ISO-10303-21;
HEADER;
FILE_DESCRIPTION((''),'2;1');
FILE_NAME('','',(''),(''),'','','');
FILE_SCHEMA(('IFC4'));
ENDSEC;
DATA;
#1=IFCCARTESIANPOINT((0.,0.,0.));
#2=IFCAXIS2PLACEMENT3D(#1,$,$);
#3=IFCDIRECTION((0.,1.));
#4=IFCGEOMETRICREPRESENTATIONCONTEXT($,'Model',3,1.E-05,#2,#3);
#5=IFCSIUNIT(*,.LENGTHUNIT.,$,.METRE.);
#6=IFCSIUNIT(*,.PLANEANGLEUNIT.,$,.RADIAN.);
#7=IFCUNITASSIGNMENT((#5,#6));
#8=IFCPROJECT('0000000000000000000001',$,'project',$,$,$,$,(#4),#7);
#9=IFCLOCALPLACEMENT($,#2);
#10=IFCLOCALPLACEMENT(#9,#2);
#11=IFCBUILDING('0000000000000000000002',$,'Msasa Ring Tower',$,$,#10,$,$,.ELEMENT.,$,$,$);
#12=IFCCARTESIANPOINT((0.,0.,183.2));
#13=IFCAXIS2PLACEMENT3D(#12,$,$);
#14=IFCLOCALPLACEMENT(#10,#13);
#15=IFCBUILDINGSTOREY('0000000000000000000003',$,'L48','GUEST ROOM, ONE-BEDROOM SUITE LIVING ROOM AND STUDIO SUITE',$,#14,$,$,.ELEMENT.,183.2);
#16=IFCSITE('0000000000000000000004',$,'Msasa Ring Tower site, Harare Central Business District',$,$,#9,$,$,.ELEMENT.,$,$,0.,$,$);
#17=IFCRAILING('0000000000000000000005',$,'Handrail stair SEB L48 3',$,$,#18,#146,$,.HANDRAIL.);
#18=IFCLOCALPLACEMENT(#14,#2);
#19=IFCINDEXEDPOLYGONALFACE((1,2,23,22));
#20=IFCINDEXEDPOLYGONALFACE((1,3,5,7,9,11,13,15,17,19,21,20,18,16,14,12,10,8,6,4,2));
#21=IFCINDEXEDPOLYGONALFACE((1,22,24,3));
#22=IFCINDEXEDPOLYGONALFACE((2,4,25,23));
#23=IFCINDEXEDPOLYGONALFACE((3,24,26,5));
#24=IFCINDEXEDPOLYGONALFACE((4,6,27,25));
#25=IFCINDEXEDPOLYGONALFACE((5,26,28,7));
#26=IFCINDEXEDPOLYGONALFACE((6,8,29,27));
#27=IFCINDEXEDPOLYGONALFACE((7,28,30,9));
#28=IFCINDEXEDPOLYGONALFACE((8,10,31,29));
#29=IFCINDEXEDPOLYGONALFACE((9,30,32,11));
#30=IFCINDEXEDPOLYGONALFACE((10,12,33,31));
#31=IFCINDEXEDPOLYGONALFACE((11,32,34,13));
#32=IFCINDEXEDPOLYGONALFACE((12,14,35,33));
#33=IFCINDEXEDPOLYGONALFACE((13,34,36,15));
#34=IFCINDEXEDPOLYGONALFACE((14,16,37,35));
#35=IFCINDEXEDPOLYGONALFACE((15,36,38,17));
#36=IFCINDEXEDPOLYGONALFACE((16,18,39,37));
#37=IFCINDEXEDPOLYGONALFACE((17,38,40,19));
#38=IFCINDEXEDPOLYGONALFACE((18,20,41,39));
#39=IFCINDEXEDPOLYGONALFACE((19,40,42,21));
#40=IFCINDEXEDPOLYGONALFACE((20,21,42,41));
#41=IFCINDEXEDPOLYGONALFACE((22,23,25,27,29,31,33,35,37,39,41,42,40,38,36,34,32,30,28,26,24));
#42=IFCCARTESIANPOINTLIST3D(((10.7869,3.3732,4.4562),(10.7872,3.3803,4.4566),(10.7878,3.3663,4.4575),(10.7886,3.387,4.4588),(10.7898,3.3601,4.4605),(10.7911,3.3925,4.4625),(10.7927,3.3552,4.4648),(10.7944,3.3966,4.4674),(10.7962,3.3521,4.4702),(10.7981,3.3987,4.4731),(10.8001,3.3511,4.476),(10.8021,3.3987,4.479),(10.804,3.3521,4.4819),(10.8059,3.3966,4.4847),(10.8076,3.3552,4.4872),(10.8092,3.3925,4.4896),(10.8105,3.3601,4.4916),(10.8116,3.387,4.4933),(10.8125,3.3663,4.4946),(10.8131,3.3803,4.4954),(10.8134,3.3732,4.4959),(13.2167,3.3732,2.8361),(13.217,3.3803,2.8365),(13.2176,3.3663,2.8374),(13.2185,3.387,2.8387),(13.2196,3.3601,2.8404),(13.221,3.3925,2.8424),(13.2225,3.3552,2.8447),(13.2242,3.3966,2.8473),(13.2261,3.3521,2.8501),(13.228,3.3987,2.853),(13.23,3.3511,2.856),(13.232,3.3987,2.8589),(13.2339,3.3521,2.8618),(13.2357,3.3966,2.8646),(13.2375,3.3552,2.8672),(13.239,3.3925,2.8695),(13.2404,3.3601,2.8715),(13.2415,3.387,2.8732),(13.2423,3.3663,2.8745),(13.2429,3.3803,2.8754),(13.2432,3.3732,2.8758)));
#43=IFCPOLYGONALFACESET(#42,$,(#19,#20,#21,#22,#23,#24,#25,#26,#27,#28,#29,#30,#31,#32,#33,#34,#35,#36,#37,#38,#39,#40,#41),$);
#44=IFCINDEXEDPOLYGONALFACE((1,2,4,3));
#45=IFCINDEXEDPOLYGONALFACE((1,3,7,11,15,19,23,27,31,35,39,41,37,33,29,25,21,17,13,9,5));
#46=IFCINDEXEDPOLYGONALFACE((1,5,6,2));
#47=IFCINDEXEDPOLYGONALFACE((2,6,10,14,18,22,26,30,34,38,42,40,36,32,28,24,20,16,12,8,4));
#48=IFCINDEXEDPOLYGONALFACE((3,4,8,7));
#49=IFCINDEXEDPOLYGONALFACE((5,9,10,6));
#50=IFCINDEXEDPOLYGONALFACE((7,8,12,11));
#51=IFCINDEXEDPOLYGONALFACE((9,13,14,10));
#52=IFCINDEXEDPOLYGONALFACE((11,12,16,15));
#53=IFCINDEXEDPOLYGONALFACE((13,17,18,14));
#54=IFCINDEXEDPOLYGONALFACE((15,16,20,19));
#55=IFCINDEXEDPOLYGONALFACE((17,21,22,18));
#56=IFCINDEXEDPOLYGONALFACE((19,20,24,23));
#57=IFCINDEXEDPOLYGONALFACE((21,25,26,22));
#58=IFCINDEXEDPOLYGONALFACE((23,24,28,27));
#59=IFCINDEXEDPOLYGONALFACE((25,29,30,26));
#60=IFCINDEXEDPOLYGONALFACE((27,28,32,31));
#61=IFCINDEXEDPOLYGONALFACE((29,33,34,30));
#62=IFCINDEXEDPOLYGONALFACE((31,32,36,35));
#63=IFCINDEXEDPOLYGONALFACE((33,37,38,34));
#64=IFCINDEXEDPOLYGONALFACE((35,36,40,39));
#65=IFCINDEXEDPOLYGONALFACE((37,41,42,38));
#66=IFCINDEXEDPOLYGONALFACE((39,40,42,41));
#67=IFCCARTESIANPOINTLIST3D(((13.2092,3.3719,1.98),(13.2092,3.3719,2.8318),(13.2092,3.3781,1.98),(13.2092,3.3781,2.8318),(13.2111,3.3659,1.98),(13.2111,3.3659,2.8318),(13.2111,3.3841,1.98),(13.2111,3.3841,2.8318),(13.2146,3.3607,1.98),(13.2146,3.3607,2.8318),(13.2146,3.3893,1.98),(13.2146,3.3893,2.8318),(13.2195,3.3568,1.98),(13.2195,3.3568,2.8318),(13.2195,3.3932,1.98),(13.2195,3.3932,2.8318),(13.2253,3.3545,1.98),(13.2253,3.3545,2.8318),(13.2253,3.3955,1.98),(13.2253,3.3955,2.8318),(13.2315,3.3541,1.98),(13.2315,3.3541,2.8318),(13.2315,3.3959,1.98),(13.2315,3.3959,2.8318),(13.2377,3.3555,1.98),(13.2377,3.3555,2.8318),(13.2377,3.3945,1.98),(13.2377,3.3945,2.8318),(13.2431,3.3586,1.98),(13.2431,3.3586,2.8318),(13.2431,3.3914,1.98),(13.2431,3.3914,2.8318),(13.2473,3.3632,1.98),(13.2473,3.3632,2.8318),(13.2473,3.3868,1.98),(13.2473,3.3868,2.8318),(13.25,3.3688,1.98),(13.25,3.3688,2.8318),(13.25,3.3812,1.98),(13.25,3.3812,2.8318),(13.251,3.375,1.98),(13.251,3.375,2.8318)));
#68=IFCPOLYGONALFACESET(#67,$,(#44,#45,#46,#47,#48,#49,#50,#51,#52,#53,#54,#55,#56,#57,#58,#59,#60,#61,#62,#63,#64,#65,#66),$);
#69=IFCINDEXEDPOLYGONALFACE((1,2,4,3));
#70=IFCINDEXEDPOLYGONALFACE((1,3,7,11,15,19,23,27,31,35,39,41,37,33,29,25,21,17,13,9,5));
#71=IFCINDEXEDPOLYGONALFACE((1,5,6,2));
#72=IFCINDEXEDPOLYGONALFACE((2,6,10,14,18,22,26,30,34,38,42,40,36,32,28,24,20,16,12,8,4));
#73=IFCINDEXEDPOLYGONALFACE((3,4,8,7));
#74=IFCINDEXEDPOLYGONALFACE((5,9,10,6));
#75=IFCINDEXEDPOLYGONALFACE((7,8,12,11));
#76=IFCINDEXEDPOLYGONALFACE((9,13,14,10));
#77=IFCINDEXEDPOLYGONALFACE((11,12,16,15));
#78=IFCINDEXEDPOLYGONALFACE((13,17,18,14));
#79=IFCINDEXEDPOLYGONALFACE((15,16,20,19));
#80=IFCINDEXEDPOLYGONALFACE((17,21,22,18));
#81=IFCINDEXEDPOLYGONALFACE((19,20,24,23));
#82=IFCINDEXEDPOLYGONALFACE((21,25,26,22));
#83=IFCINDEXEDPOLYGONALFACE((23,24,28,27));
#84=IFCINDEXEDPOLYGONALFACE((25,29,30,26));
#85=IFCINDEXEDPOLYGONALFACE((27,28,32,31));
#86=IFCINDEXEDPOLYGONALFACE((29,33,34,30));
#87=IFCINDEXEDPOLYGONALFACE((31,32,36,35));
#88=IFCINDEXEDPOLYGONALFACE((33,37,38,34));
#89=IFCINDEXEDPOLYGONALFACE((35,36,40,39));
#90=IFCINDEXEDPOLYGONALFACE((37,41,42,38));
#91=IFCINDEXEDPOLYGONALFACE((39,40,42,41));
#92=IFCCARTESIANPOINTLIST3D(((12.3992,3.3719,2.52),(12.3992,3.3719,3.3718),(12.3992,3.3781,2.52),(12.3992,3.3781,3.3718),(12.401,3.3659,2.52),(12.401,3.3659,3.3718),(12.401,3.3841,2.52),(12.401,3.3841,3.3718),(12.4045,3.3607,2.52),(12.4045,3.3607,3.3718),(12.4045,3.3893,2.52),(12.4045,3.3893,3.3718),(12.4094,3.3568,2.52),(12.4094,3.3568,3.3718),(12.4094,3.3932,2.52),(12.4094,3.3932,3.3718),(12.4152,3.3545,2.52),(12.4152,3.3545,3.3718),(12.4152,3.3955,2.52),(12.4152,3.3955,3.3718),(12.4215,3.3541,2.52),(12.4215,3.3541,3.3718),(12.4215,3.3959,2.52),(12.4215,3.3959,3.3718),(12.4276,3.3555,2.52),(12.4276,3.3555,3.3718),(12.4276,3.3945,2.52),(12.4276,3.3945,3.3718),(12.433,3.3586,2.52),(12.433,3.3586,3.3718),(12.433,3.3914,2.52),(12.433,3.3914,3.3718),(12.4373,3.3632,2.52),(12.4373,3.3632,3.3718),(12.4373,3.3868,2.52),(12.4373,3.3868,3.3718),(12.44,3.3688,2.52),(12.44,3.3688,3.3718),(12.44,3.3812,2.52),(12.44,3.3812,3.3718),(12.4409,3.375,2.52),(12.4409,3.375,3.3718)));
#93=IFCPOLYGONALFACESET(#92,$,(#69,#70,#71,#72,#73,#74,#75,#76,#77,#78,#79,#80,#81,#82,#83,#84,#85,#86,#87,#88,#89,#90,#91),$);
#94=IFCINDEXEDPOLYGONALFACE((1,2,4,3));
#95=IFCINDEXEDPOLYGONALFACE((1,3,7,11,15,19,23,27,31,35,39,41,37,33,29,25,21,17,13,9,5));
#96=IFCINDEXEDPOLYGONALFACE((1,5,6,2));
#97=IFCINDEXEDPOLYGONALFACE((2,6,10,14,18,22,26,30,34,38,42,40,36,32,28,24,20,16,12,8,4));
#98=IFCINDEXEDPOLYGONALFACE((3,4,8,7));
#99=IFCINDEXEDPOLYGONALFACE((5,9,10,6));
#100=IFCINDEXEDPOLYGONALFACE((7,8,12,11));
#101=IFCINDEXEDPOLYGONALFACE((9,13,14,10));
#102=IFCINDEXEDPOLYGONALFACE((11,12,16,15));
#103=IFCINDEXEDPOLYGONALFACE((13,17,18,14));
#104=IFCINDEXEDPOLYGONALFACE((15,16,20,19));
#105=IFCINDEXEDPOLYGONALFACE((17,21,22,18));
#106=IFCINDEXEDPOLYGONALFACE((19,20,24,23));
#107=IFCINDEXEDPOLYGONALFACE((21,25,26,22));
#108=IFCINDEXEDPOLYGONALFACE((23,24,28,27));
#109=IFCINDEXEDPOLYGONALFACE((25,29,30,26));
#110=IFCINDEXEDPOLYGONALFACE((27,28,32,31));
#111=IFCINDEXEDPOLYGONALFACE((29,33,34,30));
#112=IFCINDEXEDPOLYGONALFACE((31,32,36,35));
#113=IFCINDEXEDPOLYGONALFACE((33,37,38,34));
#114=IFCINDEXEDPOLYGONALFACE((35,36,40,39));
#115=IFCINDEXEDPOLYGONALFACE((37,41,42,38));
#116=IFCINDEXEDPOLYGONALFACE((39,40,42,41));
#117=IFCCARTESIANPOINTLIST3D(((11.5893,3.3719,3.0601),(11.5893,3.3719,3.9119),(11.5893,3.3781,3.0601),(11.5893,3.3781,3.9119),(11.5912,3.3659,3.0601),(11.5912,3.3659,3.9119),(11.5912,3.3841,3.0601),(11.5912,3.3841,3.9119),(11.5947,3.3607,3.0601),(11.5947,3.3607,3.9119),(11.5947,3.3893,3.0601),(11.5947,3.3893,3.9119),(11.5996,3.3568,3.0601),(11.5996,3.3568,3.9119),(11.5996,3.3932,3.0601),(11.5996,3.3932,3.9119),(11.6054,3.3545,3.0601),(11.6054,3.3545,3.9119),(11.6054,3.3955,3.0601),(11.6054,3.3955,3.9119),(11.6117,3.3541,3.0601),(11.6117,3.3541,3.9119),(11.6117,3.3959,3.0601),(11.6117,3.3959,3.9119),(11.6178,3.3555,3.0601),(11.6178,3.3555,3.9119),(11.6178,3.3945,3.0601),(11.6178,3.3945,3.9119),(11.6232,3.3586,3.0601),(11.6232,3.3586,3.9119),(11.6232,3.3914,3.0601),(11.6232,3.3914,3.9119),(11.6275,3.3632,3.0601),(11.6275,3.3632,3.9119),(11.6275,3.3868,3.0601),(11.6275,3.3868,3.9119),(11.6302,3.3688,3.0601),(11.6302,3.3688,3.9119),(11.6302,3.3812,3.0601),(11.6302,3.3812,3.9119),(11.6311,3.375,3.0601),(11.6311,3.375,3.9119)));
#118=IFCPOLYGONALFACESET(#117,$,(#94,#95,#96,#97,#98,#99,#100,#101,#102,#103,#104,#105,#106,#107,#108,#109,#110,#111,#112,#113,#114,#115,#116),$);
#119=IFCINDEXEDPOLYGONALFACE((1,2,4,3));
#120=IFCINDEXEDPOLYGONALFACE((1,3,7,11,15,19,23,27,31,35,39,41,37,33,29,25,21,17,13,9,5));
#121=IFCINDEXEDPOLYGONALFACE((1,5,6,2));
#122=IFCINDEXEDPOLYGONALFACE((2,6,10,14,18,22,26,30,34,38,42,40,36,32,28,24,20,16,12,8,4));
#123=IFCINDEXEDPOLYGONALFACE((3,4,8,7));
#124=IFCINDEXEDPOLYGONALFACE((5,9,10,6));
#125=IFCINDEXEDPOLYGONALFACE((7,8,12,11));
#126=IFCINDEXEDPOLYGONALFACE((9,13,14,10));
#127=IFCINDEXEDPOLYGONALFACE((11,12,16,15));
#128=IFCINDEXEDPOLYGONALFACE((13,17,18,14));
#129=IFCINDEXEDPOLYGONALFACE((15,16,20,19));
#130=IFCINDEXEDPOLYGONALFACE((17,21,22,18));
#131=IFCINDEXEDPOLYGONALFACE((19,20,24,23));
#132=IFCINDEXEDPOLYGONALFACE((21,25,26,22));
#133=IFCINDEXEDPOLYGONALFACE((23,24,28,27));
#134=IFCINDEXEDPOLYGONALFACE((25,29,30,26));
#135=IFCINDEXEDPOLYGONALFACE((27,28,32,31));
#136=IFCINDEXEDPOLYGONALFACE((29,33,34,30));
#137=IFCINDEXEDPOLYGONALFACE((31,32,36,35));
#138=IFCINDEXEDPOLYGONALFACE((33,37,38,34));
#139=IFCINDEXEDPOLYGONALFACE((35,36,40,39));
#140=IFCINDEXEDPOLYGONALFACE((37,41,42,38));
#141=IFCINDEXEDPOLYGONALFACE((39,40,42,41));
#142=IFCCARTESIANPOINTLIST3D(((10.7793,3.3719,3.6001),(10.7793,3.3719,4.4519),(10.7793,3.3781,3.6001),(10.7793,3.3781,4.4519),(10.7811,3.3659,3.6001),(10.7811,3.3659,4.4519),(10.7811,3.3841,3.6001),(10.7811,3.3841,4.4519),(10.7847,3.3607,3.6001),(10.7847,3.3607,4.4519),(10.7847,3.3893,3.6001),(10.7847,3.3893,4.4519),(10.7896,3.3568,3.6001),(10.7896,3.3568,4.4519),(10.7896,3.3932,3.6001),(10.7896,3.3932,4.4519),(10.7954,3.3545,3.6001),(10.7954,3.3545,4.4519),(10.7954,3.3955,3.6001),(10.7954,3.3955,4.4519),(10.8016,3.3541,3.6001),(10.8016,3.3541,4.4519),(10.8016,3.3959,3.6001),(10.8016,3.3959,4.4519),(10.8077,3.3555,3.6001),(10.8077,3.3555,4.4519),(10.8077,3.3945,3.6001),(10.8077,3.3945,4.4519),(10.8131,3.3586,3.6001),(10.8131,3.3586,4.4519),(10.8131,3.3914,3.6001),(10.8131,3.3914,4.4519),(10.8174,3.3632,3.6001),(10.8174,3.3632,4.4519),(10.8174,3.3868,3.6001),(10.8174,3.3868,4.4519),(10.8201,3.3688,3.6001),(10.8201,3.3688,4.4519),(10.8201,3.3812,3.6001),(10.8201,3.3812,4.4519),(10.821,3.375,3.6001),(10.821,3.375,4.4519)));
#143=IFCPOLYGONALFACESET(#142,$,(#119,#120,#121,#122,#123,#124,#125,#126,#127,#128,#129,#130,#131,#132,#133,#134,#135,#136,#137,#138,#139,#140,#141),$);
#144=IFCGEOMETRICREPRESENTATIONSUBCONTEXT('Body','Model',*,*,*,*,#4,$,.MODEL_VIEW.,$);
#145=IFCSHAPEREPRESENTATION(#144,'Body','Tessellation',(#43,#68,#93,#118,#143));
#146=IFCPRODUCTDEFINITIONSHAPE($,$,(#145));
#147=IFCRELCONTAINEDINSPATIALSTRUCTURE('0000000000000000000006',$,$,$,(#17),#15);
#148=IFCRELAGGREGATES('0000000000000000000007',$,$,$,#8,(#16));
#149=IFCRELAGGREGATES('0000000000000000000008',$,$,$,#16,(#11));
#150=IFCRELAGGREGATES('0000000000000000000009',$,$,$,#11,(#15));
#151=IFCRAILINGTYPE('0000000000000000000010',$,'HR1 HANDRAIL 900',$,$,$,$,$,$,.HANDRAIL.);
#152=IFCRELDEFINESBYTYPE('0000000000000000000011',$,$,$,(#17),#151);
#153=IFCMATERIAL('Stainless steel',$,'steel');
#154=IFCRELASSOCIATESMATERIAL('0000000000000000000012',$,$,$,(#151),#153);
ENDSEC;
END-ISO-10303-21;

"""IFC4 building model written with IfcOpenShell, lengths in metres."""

from ifc_helpers import new_model, si_unit, direction, frame, origin, origin_2d, place, context, subcontext, project, spatial, circle, extrude, material, type_object, element, save


model = new_model("IFC4")

# Units and contexts
model_context = context("Model", 3, precision=1e-05, world=origin(), true_north=direction((0.0, 1.0)))
body_context = subcontext(model_context, "Body", "Model", "MODEL_VIEW")
ifc_project = project(units=[si_unit("LENGTHUNIT", "METRE"), si_unit("PLANEANGLEUNIT", "RADIAN")], contexts=[model_context])

# Site, building, storey
site_placement = place(None, origin())
site = spatial("IfcSite", under=ifc_project, at=site_placement, Name="Msasa Ring Tower site, Harare Central Business District", CompositionType="ELEMENT", RefElevation=0.0)
building_placement = place(site_placement, origin())
building = spatial("IfcBuilding", under=site, at=building_placement, Name="Msasa Ring Tower", CompositionType="ELEMENT")
storey_placement = place(building_placement, frame((0.0, 0.0, 183.2)))
storey = spatial("IfcBuildingStorey", under=building, at=storey_placement, Name="L48", Description="GUEST ROOM, ONE-BEDROOM SUITE LIVING ROOM AND STUDIO SUITE", CompositionType="ELEMENT", Elevation=183.2)

# Railing
ifc_material_1 = material(Name="Stainless steel", Category="steel")
railing_type = type_object("IfcRailingType", Name="HR1 HANDRAIL 900", PredefinedType="HANDRAIL", material=ifc_material_1)
for number, where, name in (
    (1, (13.23, 3.375, 1.98), "Handrail stair SEB L48 3"),
):
    element("IfcRailing", number, at=place(storey_placement, frame(where)), inside=storey, type_object=railing_type, Name=name, PredefinedType="HANDRAIL", context=body_context, shape_type="SweptSolid", body=[
        extrude(circle(Radius=0.0239, at=origin_2d()), frame((0.0, 0.0, 0.876), z_axis=(-0.832025, 0.0, 0.554739), x_axis=(0.0, -1.0, 0.0)), (0.0, 0.0, 1.0), 2.9204),
        extrude(circle(Radius=0.021, at=origin_2d()), origin(), (0.0, 0.0, 1.0), 0.8518),
        extrude(circle(Radius=0.021, at=origin_2d()), frame((-0.8101, 0.0, 0.54)), (0.0, 0.0, 1.0), 0.8518),
        extrude(circle(Radius=0.021, at=origin_2d()), frame((-1.6199, 0.0, 1.0801)), (0.0, 0.0, 1.0), 0.8518),
        extrude(circle(Radius=0.021, at=origin_2d()), frame((-2.4299, 0.0, 1.6201)), (0.0, 0.0, 1.0), 0.8518),
    ])

save(model, "model.ifc")
